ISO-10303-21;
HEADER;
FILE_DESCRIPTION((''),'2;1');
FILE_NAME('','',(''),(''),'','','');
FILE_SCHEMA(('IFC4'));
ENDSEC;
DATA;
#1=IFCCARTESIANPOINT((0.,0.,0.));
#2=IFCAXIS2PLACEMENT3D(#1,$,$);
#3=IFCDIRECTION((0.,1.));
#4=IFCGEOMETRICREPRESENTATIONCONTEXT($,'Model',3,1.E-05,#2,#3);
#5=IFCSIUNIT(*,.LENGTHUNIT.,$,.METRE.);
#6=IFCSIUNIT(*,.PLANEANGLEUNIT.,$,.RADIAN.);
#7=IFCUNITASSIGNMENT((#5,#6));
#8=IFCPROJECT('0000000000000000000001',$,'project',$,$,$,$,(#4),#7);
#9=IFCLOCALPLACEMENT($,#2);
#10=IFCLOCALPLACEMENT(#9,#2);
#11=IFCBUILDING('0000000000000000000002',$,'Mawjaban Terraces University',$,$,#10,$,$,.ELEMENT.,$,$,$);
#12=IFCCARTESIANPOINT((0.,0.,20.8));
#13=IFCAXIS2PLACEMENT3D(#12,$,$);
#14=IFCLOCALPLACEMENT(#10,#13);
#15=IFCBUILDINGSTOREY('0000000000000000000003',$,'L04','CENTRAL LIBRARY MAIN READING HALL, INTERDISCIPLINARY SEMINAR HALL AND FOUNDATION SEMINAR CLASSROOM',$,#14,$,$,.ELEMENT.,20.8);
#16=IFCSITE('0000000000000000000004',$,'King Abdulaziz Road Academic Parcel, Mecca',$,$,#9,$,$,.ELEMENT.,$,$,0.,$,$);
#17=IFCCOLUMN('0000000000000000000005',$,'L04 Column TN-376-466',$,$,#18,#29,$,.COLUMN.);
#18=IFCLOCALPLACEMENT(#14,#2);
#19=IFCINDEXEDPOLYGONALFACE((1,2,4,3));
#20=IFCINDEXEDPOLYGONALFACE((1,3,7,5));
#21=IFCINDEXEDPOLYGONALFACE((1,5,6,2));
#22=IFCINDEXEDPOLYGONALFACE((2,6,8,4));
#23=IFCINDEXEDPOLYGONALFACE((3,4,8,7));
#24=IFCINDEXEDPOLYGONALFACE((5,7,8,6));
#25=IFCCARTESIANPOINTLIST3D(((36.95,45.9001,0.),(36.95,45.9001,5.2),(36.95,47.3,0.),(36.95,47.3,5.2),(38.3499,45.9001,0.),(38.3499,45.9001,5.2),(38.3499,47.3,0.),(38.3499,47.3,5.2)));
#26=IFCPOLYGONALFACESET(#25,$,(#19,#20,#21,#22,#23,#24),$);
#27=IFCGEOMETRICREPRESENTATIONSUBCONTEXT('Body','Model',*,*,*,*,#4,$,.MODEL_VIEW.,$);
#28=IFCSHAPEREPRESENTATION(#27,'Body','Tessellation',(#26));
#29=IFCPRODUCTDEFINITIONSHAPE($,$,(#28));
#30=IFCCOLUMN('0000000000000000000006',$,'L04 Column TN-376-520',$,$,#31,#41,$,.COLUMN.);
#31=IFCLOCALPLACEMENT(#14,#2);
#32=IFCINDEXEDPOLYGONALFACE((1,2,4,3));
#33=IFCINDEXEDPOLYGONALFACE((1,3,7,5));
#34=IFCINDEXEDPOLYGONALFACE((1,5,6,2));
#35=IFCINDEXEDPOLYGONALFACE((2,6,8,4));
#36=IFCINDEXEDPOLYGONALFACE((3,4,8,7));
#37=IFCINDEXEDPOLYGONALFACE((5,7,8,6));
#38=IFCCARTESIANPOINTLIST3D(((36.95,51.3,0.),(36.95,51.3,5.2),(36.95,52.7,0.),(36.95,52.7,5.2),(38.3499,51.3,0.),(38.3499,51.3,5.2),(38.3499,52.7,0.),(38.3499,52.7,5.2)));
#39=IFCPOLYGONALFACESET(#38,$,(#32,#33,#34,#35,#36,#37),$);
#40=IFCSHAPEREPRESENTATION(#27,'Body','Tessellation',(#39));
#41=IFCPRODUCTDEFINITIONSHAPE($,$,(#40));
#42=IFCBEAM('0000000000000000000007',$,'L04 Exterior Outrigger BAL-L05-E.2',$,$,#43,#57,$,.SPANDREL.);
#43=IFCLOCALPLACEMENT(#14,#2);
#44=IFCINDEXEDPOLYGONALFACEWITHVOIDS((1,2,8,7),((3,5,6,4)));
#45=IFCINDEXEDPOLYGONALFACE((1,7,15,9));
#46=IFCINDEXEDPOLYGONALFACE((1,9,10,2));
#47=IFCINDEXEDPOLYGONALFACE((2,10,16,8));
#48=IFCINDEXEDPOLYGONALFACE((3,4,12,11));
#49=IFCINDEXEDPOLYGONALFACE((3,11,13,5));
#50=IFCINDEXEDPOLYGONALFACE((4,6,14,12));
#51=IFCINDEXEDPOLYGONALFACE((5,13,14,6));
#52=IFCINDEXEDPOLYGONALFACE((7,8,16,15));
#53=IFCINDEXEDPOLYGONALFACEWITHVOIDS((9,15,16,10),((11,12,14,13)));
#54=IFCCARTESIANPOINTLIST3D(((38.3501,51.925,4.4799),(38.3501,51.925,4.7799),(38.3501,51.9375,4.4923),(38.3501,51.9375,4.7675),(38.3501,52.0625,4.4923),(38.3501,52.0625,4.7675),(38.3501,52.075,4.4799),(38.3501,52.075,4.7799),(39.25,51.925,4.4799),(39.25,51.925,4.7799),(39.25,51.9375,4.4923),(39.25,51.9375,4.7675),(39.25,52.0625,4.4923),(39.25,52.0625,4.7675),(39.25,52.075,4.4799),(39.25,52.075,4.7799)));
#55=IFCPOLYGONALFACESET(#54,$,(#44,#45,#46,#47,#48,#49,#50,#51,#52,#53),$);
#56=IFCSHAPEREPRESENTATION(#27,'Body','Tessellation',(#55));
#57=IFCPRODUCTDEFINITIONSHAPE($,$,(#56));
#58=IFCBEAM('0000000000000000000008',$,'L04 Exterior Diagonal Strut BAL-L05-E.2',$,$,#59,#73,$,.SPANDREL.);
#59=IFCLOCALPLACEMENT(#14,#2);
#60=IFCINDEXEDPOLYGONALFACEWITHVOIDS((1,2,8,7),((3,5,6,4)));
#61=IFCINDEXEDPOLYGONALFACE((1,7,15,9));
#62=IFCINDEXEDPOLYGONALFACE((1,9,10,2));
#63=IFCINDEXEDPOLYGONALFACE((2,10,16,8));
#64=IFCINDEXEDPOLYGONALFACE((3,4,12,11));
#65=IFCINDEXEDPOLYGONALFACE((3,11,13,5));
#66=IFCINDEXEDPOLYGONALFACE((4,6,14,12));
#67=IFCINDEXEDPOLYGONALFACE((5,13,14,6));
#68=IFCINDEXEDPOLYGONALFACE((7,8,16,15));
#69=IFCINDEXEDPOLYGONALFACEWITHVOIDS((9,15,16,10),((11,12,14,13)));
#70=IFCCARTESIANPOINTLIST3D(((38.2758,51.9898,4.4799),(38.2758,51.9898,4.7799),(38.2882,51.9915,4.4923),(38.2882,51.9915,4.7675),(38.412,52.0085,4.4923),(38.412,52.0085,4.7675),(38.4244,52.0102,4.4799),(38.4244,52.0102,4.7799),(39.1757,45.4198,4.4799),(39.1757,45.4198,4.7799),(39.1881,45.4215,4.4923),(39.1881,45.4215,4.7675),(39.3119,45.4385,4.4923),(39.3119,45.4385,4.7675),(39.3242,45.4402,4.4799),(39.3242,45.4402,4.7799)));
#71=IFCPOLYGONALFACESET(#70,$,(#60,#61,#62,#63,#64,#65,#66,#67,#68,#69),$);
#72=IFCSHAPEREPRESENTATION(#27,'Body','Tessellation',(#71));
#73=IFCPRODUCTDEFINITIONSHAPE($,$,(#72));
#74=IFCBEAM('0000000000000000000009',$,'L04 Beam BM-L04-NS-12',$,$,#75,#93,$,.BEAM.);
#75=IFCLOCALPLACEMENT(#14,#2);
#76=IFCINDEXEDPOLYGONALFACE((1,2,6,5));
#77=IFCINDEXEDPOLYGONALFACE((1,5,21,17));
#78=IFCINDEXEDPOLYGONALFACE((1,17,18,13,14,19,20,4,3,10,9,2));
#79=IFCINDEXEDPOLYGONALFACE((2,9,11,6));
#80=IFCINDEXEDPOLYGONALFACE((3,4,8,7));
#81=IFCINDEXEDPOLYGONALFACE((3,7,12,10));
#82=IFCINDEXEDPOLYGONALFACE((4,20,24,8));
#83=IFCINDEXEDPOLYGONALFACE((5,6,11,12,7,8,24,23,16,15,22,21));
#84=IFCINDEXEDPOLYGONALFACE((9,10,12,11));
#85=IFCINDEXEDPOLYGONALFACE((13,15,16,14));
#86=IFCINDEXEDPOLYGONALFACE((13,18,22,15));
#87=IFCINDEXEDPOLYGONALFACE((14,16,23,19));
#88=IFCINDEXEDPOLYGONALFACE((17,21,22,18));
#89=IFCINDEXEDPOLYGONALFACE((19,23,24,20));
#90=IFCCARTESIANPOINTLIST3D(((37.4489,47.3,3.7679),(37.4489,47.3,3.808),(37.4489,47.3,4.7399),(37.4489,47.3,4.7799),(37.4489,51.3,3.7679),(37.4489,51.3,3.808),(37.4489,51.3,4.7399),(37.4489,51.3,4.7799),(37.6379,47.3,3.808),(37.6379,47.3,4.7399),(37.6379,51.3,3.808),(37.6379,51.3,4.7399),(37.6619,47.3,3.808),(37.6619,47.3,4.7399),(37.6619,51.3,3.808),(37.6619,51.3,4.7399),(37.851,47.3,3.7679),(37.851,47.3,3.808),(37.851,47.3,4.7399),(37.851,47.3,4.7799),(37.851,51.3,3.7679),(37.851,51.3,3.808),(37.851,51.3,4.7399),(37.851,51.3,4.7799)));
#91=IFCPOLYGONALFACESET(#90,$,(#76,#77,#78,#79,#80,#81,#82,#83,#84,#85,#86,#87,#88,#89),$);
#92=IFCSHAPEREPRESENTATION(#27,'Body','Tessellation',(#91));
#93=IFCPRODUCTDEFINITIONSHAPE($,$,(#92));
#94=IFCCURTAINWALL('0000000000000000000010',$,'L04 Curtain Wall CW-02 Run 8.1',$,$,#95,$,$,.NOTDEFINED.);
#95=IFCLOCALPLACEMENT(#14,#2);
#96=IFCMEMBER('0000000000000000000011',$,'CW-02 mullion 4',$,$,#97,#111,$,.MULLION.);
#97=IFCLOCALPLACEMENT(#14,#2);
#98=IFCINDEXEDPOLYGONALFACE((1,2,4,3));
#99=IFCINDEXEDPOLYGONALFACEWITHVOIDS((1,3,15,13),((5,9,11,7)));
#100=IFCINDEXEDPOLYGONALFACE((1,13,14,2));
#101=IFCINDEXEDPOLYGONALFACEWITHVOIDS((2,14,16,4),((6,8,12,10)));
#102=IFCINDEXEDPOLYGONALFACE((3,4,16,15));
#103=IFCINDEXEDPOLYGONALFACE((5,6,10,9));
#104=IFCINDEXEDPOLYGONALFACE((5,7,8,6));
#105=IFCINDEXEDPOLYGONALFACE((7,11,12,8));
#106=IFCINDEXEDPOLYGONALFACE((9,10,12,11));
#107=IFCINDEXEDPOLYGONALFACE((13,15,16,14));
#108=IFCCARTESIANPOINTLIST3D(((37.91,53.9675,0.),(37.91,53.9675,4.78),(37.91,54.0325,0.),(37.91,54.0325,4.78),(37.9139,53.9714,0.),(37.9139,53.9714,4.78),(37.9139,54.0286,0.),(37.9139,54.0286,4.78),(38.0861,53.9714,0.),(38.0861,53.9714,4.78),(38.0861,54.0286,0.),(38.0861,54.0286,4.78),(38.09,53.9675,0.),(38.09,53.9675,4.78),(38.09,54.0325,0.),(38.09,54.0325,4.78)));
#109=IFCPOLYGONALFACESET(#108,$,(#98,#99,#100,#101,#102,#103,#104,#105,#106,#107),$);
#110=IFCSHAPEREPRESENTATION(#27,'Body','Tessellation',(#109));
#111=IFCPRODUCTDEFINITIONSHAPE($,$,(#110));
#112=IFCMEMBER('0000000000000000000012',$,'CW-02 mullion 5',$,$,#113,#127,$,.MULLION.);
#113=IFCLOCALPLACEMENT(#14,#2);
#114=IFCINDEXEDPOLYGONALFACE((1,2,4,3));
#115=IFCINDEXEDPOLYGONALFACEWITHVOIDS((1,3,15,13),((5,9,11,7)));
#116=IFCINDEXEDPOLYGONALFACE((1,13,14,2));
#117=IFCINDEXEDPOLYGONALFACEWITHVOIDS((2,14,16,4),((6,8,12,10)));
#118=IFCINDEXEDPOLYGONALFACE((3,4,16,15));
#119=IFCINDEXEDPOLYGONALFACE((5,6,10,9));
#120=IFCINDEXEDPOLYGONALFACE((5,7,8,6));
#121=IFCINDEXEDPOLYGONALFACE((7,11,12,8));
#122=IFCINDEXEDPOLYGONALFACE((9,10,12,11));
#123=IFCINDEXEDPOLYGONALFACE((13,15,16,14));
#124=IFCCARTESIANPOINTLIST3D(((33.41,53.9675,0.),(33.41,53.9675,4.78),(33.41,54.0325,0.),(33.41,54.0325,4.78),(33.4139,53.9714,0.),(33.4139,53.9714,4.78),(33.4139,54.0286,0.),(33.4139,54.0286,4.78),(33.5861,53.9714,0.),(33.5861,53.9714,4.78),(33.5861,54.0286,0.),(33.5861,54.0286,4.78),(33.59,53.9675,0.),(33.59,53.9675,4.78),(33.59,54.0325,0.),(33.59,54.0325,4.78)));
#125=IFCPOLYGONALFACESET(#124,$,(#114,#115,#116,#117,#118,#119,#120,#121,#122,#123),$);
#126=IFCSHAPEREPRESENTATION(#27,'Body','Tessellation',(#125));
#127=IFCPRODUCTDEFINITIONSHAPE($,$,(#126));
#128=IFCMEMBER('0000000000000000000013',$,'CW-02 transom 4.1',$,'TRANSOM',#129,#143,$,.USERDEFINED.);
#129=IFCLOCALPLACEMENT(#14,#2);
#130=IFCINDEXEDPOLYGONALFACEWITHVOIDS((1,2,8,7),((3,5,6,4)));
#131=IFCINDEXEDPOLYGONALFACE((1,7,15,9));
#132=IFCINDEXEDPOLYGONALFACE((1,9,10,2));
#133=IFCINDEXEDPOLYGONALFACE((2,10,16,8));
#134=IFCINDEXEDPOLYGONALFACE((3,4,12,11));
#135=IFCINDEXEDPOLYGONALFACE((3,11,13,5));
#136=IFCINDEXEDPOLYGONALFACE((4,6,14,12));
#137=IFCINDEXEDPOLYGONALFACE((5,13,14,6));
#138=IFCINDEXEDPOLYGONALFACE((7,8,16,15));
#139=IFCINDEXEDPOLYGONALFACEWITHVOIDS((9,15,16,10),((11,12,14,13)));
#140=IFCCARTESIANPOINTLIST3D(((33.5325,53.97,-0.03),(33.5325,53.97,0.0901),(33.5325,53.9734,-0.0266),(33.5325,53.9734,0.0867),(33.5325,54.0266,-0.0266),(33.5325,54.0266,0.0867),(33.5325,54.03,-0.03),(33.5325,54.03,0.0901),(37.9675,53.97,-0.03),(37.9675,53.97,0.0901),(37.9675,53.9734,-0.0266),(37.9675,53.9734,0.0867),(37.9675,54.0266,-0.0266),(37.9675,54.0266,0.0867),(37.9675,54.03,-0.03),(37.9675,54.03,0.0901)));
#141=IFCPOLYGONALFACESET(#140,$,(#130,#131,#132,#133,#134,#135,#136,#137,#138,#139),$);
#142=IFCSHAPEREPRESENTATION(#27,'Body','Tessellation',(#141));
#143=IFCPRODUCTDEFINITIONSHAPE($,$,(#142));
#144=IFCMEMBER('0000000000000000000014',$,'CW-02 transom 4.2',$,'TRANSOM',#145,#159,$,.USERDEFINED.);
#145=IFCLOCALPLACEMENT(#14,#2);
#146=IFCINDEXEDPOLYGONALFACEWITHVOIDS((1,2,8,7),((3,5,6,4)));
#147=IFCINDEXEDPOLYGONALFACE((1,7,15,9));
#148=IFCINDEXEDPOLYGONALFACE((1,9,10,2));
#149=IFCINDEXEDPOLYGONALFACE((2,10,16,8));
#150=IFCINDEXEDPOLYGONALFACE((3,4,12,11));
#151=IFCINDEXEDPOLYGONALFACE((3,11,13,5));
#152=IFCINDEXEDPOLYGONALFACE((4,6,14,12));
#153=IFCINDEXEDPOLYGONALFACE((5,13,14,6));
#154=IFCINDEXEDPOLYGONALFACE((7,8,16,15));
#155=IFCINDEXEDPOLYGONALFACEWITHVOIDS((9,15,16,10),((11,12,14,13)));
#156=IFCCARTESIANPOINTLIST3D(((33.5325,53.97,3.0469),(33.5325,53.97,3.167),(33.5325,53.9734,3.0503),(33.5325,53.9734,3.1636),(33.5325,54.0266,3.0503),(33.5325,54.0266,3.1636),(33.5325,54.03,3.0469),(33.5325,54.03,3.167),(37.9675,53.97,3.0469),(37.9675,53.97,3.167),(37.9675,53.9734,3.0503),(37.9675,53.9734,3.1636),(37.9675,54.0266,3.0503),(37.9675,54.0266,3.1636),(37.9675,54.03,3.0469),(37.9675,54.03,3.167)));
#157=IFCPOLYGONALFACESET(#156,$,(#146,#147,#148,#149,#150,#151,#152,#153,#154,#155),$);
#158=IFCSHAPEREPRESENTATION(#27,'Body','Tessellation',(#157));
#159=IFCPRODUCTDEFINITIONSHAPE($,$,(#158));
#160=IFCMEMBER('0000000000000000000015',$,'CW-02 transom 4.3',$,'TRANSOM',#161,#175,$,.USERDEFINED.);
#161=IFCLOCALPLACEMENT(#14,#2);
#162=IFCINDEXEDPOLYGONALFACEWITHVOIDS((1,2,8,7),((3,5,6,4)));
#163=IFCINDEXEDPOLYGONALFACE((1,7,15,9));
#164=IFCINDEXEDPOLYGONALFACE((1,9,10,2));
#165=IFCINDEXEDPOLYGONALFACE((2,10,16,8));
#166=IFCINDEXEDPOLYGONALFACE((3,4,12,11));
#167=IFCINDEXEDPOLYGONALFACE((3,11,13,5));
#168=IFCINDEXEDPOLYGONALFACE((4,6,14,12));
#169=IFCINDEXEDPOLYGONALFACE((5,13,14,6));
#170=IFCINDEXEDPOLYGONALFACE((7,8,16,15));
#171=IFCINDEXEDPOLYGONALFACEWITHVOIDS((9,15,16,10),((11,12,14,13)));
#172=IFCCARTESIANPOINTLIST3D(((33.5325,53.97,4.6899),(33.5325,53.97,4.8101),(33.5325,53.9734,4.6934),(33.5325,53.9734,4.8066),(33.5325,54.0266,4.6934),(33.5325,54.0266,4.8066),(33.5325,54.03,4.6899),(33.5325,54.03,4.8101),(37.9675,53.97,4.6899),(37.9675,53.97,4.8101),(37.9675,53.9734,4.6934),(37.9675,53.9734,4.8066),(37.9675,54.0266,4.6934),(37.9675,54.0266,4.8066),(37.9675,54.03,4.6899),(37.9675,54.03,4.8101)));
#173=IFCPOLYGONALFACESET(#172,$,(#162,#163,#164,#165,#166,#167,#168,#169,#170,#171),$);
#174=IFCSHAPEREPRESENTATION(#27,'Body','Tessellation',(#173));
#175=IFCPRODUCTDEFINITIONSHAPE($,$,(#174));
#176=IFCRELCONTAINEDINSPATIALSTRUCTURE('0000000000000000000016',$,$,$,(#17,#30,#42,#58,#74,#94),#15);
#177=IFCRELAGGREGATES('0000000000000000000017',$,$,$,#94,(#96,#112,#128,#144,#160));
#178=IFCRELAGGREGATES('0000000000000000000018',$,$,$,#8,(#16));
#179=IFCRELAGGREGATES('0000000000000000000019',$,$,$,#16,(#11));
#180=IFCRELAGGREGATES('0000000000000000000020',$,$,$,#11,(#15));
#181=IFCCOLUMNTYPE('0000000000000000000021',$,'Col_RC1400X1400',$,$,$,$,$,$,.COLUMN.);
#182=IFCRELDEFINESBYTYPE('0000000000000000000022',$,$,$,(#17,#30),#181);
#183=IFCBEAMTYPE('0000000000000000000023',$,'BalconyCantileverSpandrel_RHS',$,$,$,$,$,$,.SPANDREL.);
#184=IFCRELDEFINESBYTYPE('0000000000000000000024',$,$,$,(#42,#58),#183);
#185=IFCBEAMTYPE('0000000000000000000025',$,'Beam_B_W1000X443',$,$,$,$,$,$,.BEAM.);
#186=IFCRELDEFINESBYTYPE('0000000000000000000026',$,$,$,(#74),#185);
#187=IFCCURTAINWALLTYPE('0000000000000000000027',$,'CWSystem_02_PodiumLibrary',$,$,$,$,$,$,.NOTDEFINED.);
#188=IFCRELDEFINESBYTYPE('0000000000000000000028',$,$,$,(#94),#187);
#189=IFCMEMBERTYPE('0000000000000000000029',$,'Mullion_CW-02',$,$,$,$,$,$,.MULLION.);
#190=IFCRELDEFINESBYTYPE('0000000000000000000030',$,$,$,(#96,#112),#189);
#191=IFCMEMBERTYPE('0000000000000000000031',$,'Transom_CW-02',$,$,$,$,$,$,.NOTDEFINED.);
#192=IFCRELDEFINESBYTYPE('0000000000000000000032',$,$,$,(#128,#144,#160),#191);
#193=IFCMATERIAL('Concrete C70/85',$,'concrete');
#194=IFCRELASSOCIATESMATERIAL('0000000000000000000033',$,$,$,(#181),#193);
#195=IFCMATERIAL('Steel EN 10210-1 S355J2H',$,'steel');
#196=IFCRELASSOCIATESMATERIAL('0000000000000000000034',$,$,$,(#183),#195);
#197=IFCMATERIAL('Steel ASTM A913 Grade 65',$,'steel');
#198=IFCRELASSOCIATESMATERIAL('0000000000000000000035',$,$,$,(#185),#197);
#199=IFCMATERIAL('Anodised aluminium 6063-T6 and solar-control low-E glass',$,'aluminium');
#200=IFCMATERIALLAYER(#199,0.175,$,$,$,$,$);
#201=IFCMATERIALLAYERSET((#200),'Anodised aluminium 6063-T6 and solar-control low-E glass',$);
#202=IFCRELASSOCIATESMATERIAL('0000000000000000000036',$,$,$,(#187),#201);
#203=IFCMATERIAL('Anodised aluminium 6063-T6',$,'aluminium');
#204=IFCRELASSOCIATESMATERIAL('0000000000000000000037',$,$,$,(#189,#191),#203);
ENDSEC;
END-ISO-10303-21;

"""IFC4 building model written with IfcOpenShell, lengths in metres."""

from ifc_helpers import new_model, si_unit, direction, frame, origin, origin_2d, place, context, subcontext, project, spatial, rectangle, hollow_rectangle, i_section, extrude, material, layer, layer_set, material_profile, profile_set, type_object, element, aggregate, save


model = new_model("IFC4")

# Units and contexts
model_context = context("Model", 3, precision=1e-05, world=origin(), true_north=direction((0.0, 1.0)))
body_context = subcontext(model_context, "Body", "Model", "MODEL_VIEW")
ifc_project = project(units=[si_unit("LENGTHUNIT", "METRE"), si_unit("PLANEANGLEUNIT", "RADIAN")], contexts=[model_context])

# Site, building, storey
site_placement = place(None, origin())
site = spatial("IfcSite", under=ifc_project, at=site_placement, Name="King Abdulaziz Road Academic Parcel, Mecca", CompositionType="ELEMENT", RefElevation=0.0)
building_placement = place(site_placement, origin())
building = spatial("IfcBuilding", under=site, at=building_placement, Name="Mawjaban Terraces University", CompositionType="ELEMENT")
storey_placement = place(building_placement, frame((0.0, 0.0, 20.8)))
storey = spatial("IfcBuildingStorey", under=building, at=storey_placement, Name="L04", Description="CENTRAL LIBRARY MAIN READING HALL, INTERDISCIPLINARY SEMINAR HALL AND FOUNDATION SEMINAR CLASSROOM", CompositionType="ELEMENT", Elevation=20.8)

# Columns
ifc_material_1 = material(Name="Concrete C70/85", Category="concrete")
ifc_material_profile_1 = material_profile(ifc_material_1, rectangle(XDim=1.3999, YDim=1.3999, at=origin_2d()), Name="RC1400X1400")
ifc_profile_set_1 = profile_set([ifc_material_profile_1], Name="Concrete C70/85")
column_type = type_object("IfcColumnType", Name="Col_RC1400X1400", PredefinedType="COLUMN", material=ifc_profile_set_1)
for number, where, z_axis, x_axis, name in (
    (1, (37.6499, 46.6001, 0.0), (0.0, 0.0, 1.0), (1.0, 0.0, 0.0), "L04 Column TN-376-466"),
    (2, (37.6499, 52.0, 0.0), (0.0, 0.0, 1.0), (1.0, 0.0, 0.0), "L04 Column TN-376-520"),
):
    element("IfcColumn", number, at=place(storey_placement, frame(where, z_axis=z_axis, x_axis=x_axis)), inside=storey, type_object=column_type, Name=name, PredefinedType="COLUMN", context=body_context, shape_type="SweptSolid", body=[
        extrude(rectangle(XDim=1.3999, YDim=1.3999, at=origin_2d()), origin(), (0.0, 0.0, 1.0), 5.2),
    ])

# Beams
ifc_material_2 = material(Name="Steel EN 10210-1 S355J2H", Category="steel")
ifc_material_profile_2 = material_profile(ifc_material_2, hollow_rectangle(XDim=0.1499, YDim=0.3, WallThickness=0.0125, at=origin_2d()), Name="RHS300X150X12.5")
ifc_profile_set_2 = profile_set([ifc_material_profile_2], Name="Steel EN 10210-1 S355J2H")
beam_type_1 = type_object("IfcBeamType", Name="BalconyCantileverSpandrel_RHS", PredefinedType="SPANDREL", material=ifc_profile_set_2)
beam_1_placement = place(storey_placement, frame((38.3501, 52.0, 4.6299), z_axis=(1.0, 0.0, 0.0), x_axis=(0.0, 1.0, 0.0)))
element("IfcBeam", 3, at=beam_1_placement, inside=storey, type_object=beam_type_1, Name="L04 Exterior Outrigger BAL-L05-E.2", PredefinedType="SPANDREL", context=body_context, shape_type="SweptSolid", body=[
    extrude(hollow_rectangle(XDim=0.1499, YDim=0.3, WallThickness=0.0125, at=origin_2d()), origin(), (0.0, 0.0, 1.0), 0.8999),
])
beam_2_placement = place(storey_placement, frame((38.3501, 52.0, 4.6299), z_axis=(0.135703, -0.99075, 0.0), x_axis=(0.99075, 0.135703, 0.0)))
element("IfcBeam", 4, at=beam_2_placement, inside=storey, type_object=beam_type_1, Name="L04 Exterior Diagonal Strut BAL-L05-E.2", PredefinedType="SPANDREL", context=body_context, shape_type="SweptSolid", body=[
    extrude(hollow_rectangle(XDim=0.1499, YDim=0.3, WallThickness=0.0125, at=origin_2d()), origin(), (0.0, 0.0, 1.0), 6.6313),
])
ifc_material_3 = material(Name="Steel ASTM A913 Grade 65", Category="steel")
ifc_material_profile_3 = material_profile(ifc_material_3, i_section(OverallWidth=0.4021, OverallDepth=1.012, WebThickness=0.0239, FlangeThickness=0.04, at=origin_2d()), Name="W1000X443")
ifc_profile_set_3 = profile_set([ifc_material_profile_3], Name="Steel ASTM A913 Grade 65")
beam_type_2 = type_object("IfcBeamType", Name="Beam_B_W1000X443", PredefinedType="BEAM", material=ifc_profile_set_3)
beam_3_placement = place(storey_placement, frame((37.6499, 47.3, 4.2739), z_axis=(0.0, 1.0, 0.0), x_axis=(-1.0, 0.0, 0.0)))
element("IfcBeam", 5, at=beam_3_placement, inside=storey, type_object=beam_type_2, Name="L04 Beam BM-L04-NS-12", PredefinedType="BEAM", context=body_context, shape_type="SweptSolid", body=[
    extrude(i_section(OverallWidth=0.4021, OverallDepth=1.012, WebThickness=0.0239, FlangeThickness=0.04, at=origin_2d()), origin(), (0.0, 0.0, 1.0), 4.0),
])

# Curtain wall, members
ifc_material_4 = material(Name="Anodised aluminium 6063-T6 and solar-control low-E glass", Category="aluminium")
ifc_layer_1 = layer(ifc_material_4, 0.175)
ifc_layer_set_1 = layer_set([ifc_layer_1], Name="Anodised aluminium 6063-T6 and solar-control low-E glass")
curtain_wall_type = type_object("IfcCurtainWallType", Name="CWSystem_02_PodiumLibrary", PredefinedType="NOTDEFINED", material=ifc_layer_set_1)
curtain_wall_placement = place(storey_placement, origin())
curtain_wall = element("IfcCurtainWall", 6, at=curtain_wall_placement, inside=storey, type_object=curtain_wall_type, Name="L04 Curtain Wall CW-02 Run 8.1", PredefinedType="NOTDEFINED")
ifc_material_5 = material(Name="Anodised aluminium 6063-T6", Category="aluminium")
ifc_material_profile_4 = material_profile(ifc_material_5, hollow_rectangle(XDim=0.0649, YDim=0.1799, WallThickness=0.0039, at=origin_2d()), Name="ALU180X65X4")
ifc_profile_set_4 = profile_set([ifc_material_profile_4], Name="Anodised aluminium 6063-T6")
member_type_1 = type_object("IfcMemberType", Name="Mullion_CW-02", PredefinedType="MULLION", material=ifc_profile_set_4)
member_1_placement = place(storey_placement, frame((38.0, 54.0, 0.0), z_axis=(0.0, 0.0, 1.0), x_axis=(0.0, -1.0, 0.0)))
member_1 = element("IfcMember", 7, at=member_1_placement, type_object=member_type_1, Name="CW-02 mullion 4", PredefinedType="MULLION", context=body_context, shape_type="SweptSolid", body=[
    extrude(hollow_rectangle(XDim=0.0649, YDim=0.1799, WallThickness=0.0039, at=origin_2d()), origin(), (0.0, 0.0, 1.0), 4.78),
])
member_2_placement = place(storey_placement, frame((33.5, 54.0, 0.0), z_axis=(0.0, 0.0, 1.0), x_axis=(0.0, -1.0, 0.0)))
member_2 = element("IfcMember", 8, at=member_2_placement, type_object=member_type_1, Name="CW-02 mullion 5", PredefinedType="MULLION", context=body_context, shape_type="SweptSolid", body=[
    extrude(hollow_rectangle(XDim=0.0649, YDim=0.1799, WallThickness=0.0039, at=origin_2d()), origin(), (0.0, 0.0, 1.0), 4.78),
])
ifc_material_profile_5 = material_profile(ifc_material_5, hollow_rectangle(XDim=0.0601, YDim=0.1201, WallThickness=0.0034, at=origin_2d()), Name="ALU120X60X3.5")
ifc_profile_set_5 = profile_set([ifc_material_profile_5], Name="Anodised aluminium 6063-T6")
member_type_2 = type_object("IfcMemberType", Name="Transom_CW-02", PredefinedType="NOTDEFINED", material=ifc_profile_set_5)
member_3_placement = place(storey_placement, frame((37.9675, 54.0, 0.03), z_axis=(-1.0, 0.0, 0.0), x_axis=(0.0, -1.0, 0.0)))
member_3 = element("IfcMember", 9, at=member_3_placement, type_object=member_type_2, Name="CW-02 transom 4.1", ObjectType="TRANSOM", PredefinedType="USERDEFINED", context=body_context, shape_type="SweptSolid", body=[
    extrude(hollow_rectangle(XDim=0.0601, YDim=0.1201, WallThickness=0.0034, at=origin_2d()), origin(), (0.0, 0.0, 1.0), 4.4351),
])
member_4_placement = place(storey_placement, frame((37.9675, 54.0, 3.1069), z_axis=(-1.0, 0.0, 0.0), x_axis=(0.0, -1.0, 0.0)))
member_4 = element("IfcMember", 10, at=member_4_placement, type_object=member_type_2, Name="CW-02 transom 4.2", ObjectType="TRANSOM", PredefinedType="USERDEFINED", context=body_context, shape_type="SweptSolid", body=[
    extrude(hollow_rectangle(XDim=0.0601, YDim=0.1201, WallThickness=0.0034, at=origin_2d()), origin(), (0.0, 0.0, 1.0), 4.4351),
])
member_5_placement = place(storey_placement, frame((37.9675, 54.0, 4.75), z_axis=(-1.0, 0.0, 0.0), x_axis=(0.0, -1.0, 0.0)))
member_5 = element("IfcMember", 11, at=member_5_placement, type_object=member_type_2, Name="CW-02 transom 4.3", ObjectType="TRANSOM", PredefinedType="USERDEFINED", context=body_context, shape_type="SweptSolid", body=[
    extrude(hollow_rectangle(XDim=0.0601, YDim=0.1201, WallThickness=0.0034, at=origin_2d()), origin(), (0.0, 0.0, 1.0), 4.4351),
])
aggregate(curtain_wall, [member_1, member_2, member_3, member_4, member_5])

save(model, "model.ifc")
